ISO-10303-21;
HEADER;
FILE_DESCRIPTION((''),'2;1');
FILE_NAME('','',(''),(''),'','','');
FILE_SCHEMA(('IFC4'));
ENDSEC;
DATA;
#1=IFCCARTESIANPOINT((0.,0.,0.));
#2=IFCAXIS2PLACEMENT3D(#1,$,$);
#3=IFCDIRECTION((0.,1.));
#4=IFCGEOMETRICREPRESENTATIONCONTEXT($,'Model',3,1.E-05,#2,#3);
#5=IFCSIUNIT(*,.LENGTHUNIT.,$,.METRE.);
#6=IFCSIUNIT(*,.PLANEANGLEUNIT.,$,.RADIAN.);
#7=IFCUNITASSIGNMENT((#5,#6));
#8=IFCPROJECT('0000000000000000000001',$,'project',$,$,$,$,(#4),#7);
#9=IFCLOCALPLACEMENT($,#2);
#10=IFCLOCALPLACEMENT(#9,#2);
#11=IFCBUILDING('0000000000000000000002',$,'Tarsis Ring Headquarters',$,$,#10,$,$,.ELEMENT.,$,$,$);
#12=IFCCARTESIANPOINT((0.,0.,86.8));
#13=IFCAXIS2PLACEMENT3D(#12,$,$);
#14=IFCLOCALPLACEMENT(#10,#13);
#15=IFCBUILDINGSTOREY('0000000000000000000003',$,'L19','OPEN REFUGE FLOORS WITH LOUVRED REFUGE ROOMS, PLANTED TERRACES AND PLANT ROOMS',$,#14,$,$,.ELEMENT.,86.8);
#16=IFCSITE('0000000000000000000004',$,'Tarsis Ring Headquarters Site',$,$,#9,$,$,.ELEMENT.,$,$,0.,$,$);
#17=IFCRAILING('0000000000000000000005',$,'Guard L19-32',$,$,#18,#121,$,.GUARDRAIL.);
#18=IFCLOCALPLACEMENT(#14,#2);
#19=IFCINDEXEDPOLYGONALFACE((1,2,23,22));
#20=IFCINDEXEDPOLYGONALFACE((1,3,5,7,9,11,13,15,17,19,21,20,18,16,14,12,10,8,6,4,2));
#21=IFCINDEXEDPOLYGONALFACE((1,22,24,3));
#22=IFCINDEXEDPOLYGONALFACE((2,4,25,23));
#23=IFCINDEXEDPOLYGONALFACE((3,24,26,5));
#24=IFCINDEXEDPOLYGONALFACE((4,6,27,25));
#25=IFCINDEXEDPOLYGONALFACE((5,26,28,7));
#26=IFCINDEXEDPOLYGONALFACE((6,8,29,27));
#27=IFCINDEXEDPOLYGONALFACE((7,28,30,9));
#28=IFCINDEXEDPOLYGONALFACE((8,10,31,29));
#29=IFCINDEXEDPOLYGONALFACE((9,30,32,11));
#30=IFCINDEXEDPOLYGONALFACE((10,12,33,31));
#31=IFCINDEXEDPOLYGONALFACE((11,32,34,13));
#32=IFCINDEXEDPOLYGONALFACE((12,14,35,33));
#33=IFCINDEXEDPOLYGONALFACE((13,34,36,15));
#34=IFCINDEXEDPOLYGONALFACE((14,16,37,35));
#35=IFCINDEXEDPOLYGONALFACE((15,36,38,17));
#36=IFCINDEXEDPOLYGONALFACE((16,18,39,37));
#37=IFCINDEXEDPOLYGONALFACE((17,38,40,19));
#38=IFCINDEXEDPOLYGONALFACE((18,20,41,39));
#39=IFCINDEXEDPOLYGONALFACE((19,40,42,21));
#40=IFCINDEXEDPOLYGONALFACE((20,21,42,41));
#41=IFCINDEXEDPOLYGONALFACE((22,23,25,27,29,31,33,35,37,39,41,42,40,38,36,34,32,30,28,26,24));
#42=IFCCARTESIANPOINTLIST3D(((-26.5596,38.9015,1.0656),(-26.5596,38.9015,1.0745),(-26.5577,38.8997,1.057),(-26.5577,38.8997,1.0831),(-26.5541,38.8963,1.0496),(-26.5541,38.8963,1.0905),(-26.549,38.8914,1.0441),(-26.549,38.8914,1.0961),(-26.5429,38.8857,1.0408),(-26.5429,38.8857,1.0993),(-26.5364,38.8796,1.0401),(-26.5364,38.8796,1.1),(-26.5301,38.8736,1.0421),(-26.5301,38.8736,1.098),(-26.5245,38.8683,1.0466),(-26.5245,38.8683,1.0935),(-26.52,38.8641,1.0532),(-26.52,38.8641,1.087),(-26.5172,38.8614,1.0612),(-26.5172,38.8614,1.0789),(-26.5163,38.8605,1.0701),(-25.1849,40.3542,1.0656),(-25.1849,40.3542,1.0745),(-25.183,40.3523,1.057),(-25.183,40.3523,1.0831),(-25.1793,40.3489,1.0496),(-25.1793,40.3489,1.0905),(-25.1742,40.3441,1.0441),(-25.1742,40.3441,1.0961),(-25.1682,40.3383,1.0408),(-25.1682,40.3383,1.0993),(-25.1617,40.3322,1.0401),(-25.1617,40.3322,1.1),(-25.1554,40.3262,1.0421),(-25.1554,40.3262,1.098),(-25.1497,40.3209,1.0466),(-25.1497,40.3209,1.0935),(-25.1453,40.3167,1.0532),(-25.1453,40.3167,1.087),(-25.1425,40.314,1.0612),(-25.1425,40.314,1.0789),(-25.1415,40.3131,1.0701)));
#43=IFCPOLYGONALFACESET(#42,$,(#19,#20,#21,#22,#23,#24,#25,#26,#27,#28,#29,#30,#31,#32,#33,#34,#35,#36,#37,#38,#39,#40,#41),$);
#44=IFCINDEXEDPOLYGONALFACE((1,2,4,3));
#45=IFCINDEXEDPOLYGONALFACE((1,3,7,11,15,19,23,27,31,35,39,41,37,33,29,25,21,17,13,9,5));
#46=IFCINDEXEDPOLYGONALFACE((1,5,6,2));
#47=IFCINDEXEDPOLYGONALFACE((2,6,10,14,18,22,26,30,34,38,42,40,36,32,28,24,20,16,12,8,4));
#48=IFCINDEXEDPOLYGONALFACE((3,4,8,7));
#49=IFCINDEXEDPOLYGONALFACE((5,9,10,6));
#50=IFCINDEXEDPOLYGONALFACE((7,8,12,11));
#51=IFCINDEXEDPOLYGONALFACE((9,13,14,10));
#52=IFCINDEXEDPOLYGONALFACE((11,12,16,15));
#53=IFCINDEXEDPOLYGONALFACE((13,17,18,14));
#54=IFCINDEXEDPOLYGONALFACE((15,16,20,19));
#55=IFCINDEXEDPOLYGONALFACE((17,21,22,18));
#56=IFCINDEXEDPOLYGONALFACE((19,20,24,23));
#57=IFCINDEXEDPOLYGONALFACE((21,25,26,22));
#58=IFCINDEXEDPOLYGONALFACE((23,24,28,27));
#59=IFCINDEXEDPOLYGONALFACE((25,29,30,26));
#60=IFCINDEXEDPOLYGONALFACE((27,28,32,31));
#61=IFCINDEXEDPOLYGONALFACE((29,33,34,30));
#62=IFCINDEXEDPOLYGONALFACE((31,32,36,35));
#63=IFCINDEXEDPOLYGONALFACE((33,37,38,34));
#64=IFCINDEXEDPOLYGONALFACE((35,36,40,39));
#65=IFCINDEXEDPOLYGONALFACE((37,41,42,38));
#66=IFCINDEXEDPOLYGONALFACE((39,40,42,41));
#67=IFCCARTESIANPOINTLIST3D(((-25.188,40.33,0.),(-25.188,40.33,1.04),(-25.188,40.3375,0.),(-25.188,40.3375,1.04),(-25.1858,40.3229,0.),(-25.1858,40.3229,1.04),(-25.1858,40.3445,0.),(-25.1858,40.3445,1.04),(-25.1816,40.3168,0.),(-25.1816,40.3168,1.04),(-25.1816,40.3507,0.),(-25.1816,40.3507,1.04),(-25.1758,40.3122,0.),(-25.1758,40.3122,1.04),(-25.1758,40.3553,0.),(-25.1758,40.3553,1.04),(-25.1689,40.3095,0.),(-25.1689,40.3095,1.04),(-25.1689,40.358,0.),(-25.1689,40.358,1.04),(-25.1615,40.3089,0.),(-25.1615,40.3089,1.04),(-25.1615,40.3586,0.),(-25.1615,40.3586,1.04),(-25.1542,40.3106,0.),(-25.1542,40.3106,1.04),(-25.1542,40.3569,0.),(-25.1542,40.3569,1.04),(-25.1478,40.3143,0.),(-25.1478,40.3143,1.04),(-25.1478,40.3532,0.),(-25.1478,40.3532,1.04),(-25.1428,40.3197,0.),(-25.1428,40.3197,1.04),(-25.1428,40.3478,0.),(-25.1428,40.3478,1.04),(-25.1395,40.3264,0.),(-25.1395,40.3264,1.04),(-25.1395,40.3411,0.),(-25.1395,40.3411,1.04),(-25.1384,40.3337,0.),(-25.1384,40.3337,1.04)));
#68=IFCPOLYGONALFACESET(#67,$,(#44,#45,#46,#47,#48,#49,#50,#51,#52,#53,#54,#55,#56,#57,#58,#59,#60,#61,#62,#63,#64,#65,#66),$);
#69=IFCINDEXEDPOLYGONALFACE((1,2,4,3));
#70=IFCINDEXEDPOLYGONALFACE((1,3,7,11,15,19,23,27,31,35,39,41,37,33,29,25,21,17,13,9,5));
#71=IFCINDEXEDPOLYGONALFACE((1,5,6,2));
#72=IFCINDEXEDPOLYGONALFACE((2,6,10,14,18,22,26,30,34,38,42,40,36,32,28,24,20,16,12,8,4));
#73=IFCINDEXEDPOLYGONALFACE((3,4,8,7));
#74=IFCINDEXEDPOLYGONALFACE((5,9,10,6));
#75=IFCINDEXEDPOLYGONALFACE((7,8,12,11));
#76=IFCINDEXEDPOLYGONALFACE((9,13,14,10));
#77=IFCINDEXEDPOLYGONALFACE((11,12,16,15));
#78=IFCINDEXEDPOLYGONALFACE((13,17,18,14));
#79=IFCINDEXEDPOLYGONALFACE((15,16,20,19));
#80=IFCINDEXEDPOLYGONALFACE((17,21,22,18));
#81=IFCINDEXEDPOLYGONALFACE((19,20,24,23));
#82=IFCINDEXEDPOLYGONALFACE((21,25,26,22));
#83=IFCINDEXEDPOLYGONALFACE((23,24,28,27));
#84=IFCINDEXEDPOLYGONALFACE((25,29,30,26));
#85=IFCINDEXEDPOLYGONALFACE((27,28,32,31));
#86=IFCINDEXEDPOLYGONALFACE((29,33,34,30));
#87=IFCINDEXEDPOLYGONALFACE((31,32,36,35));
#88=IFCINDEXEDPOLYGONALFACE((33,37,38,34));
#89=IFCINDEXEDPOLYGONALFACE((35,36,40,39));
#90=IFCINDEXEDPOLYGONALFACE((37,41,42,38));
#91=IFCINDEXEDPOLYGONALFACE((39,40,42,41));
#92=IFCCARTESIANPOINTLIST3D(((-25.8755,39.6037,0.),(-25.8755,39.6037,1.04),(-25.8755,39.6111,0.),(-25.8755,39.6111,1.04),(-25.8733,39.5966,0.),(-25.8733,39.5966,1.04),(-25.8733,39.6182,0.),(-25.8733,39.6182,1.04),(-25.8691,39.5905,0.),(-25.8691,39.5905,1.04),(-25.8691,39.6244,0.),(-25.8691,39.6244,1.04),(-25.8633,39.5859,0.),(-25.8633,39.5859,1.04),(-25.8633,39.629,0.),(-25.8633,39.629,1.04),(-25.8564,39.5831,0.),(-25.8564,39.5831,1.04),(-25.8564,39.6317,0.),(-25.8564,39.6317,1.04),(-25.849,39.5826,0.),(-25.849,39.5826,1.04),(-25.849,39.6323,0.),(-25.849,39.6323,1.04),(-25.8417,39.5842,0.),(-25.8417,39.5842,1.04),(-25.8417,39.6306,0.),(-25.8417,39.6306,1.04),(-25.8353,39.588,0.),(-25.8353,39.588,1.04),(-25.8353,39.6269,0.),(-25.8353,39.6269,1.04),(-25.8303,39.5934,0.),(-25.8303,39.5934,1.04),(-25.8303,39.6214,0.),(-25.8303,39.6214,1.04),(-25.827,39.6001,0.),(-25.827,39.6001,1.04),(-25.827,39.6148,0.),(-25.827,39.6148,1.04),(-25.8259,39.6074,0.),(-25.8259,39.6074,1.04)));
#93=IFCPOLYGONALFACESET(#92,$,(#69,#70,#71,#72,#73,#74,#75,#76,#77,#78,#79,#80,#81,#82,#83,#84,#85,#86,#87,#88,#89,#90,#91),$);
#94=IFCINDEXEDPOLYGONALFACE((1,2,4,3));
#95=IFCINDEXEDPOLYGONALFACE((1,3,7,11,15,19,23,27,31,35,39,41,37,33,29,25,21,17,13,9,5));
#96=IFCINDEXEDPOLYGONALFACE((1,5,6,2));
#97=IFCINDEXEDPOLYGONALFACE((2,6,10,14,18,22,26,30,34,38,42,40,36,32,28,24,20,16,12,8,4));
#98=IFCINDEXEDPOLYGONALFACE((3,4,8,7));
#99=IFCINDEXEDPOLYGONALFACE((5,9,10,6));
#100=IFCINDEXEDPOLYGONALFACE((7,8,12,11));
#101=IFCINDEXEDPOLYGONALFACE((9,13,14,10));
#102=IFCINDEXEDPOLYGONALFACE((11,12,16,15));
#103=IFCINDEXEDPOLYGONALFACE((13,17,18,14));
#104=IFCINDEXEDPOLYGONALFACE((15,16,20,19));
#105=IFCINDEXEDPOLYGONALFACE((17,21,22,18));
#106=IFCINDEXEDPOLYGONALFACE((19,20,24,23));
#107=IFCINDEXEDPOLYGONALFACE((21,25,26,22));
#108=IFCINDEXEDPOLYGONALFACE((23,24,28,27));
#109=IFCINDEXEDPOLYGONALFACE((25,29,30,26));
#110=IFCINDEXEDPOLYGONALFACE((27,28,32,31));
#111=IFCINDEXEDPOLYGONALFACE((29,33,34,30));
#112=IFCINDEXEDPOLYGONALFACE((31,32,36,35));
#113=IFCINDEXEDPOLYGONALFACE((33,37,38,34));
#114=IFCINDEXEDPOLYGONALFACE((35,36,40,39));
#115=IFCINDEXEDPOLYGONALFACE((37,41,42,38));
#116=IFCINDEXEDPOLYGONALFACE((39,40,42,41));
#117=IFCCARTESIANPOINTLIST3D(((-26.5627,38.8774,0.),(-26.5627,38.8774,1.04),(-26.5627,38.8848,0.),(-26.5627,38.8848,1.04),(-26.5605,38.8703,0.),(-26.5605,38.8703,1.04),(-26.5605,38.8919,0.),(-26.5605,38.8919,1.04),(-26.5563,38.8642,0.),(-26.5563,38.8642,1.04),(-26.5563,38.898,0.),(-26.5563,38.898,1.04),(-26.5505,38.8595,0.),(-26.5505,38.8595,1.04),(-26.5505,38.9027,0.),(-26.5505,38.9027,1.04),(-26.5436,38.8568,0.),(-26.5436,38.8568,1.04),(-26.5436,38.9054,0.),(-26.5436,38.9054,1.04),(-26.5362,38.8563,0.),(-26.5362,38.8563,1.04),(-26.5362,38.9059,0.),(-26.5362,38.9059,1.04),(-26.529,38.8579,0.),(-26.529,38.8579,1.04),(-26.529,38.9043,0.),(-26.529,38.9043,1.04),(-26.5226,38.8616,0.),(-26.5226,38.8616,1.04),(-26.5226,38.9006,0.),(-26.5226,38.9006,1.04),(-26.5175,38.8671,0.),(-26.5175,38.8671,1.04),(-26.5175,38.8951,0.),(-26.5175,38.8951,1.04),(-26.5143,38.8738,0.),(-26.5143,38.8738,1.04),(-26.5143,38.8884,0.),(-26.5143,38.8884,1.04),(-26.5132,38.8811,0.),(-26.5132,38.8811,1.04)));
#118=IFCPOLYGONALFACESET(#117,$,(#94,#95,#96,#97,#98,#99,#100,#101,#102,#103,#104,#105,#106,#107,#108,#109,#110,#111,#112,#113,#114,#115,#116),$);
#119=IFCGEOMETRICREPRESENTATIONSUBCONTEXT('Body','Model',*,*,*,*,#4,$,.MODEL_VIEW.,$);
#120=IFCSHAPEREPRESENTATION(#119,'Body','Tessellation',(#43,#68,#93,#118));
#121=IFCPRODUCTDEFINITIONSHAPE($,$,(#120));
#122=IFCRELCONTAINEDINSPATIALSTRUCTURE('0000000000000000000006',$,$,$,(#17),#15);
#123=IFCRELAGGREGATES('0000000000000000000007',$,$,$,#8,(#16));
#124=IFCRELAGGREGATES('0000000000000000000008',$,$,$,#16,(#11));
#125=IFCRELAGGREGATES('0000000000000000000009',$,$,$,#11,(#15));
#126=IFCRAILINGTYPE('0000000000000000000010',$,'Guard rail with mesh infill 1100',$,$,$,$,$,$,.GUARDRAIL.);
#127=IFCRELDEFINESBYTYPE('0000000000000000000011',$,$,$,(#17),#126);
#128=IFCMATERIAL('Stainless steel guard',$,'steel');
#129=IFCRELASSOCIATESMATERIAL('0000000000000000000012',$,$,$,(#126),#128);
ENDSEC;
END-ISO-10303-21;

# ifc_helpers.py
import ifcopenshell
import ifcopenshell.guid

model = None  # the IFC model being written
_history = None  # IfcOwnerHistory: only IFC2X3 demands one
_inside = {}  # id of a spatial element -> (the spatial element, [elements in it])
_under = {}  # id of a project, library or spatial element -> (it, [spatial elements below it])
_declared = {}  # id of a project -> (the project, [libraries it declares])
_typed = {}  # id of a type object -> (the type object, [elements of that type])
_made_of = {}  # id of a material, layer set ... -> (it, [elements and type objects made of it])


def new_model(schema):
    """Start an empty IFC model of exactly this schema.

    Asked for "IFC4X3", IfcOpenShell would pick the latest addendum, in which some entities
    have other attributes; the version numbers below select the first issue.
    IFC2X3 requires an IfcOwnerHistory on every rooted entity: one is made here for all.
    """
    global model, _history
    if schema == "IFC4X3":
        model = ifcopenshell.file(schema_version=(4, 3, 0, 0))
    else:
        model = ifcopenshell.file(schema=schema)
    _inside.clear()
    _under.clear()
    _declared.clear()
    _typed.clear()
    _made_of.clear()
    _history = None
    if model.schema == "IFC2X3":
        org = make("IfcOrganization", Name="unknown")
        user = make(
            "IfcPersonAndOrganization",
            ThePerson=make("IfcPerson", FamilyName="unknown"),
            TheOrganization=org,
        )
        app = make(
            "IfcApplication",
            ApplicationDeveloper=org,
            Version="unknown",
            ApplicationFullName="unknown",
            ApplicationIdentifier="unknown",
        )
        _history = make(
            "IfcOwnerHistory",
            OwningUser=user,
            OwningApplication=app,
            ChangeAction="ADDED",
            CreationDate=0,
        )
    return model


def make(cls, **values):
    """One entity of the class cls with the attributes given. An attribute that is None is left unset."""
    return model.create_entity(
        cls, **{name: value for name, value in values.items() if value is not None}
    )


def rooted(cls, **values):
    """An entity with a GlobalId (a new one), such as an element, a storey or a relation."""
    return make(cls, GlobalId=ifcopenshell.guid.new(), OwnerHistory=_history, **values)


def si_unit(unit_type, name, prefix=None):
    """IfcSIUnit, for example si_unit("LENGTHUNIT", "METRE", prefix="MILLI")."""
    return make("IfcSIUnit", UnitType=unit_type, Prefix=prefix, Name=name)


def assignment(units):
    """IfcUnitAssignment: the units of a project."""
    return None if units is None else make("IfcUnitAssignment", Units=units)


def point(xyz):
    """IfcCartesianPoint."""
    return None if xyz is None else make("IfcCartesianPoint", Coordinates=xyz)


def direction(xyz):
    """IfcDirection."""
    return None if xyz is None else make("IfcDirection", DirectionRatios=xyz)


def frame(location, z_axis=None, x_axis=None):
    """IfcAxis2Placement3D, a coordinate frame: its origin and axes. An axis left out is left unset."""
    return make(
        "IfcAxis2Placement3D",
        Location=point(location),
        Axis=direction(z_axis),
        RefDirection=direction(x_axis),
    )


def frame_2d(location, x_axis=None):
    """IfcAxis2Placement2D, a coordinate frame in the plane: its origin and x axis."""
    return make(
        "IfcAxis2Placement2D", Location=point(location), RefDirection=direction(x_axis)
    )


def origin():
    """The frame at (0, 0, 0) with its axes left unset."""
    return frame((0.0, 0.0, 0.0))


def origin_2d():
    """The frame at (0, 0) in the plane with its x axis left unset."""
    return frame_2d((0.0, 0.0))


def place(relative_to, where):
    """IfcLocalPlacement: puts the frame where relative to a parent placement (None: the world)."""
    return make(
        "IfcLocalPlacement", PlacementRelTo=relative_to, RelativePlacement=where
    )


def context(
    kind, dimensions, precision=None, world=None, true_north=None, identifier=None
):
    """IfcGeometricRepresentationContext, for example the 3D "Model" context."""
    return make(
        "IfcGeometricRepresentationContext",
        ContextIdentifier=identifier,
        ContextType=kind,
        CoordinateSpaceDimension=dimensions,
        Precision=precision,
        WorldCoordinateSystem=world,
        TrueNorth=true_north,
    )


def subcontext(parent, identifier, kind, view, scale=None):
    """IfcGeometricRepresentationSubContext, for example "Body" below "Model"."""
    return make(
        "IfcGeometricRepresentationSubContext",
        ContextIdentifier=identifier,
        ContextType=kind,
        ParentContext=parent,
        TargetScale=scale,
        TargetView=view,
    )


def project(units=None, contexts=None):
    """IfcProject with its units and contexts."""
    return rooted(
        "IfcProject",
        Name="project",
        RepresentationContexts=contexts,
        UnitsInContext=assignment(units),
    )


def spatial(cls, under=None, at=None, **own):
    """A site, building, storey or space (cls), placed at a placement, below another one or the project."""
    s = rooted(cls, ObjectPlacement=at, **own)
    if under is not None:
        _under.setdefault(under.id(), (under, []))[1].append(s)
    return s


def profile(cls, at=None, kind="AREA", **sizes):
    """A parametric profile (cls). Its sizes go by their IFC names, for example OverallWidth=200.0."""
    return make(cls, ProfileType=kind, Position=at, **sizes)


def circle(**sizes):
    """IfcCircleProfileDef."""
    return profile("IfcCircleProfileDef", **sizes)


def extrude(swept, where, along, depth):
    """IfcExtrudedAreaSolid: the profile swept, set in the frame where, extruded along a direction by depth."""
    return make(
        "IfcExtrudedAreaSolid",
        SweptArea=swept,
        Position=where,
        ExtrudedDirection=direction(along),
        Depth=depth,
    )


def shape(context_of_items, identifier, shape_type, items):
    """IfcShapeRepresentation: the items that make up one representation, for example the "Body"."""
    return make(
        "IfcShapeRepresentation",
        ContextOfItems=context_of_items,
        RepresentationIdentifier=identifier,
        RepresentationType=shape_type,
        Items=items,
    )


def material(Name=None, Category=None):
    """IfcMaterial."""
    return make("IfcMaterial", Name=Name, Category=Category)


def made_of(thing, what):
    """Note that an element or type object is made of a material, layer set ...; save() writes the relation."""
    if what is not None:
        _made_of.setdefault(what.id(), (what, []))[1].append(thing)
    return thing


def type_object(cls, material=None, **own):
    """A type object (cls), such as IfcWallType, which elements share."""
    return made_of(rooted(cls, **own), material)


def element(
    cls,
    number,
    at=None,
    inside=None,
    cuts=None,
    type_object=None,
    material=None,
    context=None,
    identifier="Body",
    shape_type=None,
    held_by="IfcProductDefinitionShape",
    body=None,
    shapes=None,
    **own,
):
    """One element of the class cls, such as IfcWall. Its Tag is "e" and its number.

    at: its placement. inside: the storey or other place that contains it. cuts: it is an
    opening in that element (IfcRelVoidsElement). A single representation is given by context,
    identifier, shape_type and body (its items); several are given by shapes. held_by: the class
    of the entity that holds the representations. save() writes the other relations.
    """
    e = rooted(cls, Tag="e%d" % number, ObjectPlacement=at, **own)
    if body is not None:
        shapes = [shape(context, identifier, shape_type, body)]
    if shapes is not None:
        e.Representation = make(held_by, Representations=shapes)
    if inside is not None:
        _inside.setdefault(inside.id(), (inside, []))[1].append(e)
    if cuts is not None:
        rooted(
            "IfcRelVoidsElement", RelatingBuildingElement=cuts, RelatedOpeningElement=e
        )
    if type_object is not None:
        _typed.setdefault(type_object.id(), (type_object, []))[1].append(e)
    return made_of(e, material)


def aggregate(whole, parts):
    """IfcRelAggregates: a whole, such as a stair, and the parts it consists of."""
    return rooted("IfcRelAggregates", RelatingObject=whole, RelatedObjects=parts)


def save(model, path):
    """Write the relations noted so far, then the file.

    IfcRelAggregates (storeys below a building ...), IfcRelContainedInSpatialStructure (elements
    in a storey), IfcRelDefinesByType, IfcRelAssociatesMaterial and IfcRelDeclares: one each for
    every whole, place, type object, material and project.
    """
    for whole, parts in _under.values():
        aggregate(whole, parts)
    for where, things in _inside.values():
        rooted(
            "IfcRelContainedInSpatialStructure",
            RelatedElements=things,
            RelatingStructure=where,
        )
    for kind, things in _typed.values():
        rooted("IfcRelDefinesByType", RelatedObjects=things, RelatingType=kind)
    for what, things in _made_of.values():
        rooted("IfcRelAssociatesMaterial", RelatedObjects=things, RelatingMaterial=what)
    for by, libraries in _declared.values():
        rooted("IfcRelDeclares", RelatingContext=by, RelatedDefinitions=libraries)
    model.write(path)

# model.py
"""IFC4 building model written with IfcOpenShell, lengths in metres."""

from ifc_helpers import new_model, si_unit, direction, frame, origin, origin_2d, place, context, subcontext, project, spatial, circle, extrude, material, type_object, element, save


model = new_model("IFC4")

# Units and contexts
model_context = context("Model", 3, precision=1e-05, world=origin(), true_north=direction((0.0, 1.0)))
body_context = subcontext(model_context, "Body", "Model", "MODEL_VIEW")
ifc_project = project(units=[si_unit("LENGTHUNIT", "METRE"), si_unit("PLANEANGLEUNIT", "RADIAN")], contexts=[model_context])

# Site, building, storey
site_placement = place(None, origin())
site = spatial("IfcSite", under=ifc_project, at=site_placement, Name="Tarsis Ring Headquarters Site", CompositionType="ELEMENT", RefElevation=0.0)
building_placement = place(site_placement, origin())
building = spatial("IfcBuilding", under=site, at=building_placement, Name="Tarsis Ring Headquarters", CompositionType="ELEMENT")
storey_placement = place(building_placement, frame((0.0, 0.0, 86.8)))
storey = spatial("IfcBuildingStorey", under=building, at=storey_placement, Name="L19", Description="OPEN REFUGE FLOORS WITH LOUVRED REFUGE ROOMS, PLANTED TERRACES AND PLANT ROOMS", CompositionType="ELEMENT", Elevation=86.8)

# Railing
ifc_material_1 = material(Name="Stainless steel guard", Category="steel")
railing_type = type_object("IfcRailingType", Name="Guard rail with mesh infill 1100", PredefinedType="GUARDRAIL", material=ifc_material_1)
railing_1_placement = place(storey_placement, frame((-25.1633, 40.3337, 0.0)))
element("IfcRailing", 1, at=railing_1_placement, inside=storey, type_object=railing_type, Name="Guard L19-32", PredefinedType="GUARDRAIL", context=body_context, shape_type="SweptSolid", body=[
    extrude(circle(Radius=0.03, at=origin_2d()), frame((0.0, 0.0, 1.0701), z_axis=(-0.687369, -0.726309, 0.0), x_axis=(0.726309, -0.687369, 0.0)), (0.0, 0.0, 1.0), 2.0),
    extrude(circle(Radius=0.0249, at=origin_2d()), origin(), (0.0, 0.0, 1.0), 1.04),
    extrude(circle(Radius=0.0249, at=origin_2d()), frame((-0.6875, -0.7263, 0.0)), (0.0, 0.0, 1.0), 1.04),
    extrude(circle(Radius=0.0249, at=origin_2d()), frame((-1.3748, -1.4526, 0.0)), (0.0, 0.0, 1.0), 1.04),
])

save(model, "model.ifc")
